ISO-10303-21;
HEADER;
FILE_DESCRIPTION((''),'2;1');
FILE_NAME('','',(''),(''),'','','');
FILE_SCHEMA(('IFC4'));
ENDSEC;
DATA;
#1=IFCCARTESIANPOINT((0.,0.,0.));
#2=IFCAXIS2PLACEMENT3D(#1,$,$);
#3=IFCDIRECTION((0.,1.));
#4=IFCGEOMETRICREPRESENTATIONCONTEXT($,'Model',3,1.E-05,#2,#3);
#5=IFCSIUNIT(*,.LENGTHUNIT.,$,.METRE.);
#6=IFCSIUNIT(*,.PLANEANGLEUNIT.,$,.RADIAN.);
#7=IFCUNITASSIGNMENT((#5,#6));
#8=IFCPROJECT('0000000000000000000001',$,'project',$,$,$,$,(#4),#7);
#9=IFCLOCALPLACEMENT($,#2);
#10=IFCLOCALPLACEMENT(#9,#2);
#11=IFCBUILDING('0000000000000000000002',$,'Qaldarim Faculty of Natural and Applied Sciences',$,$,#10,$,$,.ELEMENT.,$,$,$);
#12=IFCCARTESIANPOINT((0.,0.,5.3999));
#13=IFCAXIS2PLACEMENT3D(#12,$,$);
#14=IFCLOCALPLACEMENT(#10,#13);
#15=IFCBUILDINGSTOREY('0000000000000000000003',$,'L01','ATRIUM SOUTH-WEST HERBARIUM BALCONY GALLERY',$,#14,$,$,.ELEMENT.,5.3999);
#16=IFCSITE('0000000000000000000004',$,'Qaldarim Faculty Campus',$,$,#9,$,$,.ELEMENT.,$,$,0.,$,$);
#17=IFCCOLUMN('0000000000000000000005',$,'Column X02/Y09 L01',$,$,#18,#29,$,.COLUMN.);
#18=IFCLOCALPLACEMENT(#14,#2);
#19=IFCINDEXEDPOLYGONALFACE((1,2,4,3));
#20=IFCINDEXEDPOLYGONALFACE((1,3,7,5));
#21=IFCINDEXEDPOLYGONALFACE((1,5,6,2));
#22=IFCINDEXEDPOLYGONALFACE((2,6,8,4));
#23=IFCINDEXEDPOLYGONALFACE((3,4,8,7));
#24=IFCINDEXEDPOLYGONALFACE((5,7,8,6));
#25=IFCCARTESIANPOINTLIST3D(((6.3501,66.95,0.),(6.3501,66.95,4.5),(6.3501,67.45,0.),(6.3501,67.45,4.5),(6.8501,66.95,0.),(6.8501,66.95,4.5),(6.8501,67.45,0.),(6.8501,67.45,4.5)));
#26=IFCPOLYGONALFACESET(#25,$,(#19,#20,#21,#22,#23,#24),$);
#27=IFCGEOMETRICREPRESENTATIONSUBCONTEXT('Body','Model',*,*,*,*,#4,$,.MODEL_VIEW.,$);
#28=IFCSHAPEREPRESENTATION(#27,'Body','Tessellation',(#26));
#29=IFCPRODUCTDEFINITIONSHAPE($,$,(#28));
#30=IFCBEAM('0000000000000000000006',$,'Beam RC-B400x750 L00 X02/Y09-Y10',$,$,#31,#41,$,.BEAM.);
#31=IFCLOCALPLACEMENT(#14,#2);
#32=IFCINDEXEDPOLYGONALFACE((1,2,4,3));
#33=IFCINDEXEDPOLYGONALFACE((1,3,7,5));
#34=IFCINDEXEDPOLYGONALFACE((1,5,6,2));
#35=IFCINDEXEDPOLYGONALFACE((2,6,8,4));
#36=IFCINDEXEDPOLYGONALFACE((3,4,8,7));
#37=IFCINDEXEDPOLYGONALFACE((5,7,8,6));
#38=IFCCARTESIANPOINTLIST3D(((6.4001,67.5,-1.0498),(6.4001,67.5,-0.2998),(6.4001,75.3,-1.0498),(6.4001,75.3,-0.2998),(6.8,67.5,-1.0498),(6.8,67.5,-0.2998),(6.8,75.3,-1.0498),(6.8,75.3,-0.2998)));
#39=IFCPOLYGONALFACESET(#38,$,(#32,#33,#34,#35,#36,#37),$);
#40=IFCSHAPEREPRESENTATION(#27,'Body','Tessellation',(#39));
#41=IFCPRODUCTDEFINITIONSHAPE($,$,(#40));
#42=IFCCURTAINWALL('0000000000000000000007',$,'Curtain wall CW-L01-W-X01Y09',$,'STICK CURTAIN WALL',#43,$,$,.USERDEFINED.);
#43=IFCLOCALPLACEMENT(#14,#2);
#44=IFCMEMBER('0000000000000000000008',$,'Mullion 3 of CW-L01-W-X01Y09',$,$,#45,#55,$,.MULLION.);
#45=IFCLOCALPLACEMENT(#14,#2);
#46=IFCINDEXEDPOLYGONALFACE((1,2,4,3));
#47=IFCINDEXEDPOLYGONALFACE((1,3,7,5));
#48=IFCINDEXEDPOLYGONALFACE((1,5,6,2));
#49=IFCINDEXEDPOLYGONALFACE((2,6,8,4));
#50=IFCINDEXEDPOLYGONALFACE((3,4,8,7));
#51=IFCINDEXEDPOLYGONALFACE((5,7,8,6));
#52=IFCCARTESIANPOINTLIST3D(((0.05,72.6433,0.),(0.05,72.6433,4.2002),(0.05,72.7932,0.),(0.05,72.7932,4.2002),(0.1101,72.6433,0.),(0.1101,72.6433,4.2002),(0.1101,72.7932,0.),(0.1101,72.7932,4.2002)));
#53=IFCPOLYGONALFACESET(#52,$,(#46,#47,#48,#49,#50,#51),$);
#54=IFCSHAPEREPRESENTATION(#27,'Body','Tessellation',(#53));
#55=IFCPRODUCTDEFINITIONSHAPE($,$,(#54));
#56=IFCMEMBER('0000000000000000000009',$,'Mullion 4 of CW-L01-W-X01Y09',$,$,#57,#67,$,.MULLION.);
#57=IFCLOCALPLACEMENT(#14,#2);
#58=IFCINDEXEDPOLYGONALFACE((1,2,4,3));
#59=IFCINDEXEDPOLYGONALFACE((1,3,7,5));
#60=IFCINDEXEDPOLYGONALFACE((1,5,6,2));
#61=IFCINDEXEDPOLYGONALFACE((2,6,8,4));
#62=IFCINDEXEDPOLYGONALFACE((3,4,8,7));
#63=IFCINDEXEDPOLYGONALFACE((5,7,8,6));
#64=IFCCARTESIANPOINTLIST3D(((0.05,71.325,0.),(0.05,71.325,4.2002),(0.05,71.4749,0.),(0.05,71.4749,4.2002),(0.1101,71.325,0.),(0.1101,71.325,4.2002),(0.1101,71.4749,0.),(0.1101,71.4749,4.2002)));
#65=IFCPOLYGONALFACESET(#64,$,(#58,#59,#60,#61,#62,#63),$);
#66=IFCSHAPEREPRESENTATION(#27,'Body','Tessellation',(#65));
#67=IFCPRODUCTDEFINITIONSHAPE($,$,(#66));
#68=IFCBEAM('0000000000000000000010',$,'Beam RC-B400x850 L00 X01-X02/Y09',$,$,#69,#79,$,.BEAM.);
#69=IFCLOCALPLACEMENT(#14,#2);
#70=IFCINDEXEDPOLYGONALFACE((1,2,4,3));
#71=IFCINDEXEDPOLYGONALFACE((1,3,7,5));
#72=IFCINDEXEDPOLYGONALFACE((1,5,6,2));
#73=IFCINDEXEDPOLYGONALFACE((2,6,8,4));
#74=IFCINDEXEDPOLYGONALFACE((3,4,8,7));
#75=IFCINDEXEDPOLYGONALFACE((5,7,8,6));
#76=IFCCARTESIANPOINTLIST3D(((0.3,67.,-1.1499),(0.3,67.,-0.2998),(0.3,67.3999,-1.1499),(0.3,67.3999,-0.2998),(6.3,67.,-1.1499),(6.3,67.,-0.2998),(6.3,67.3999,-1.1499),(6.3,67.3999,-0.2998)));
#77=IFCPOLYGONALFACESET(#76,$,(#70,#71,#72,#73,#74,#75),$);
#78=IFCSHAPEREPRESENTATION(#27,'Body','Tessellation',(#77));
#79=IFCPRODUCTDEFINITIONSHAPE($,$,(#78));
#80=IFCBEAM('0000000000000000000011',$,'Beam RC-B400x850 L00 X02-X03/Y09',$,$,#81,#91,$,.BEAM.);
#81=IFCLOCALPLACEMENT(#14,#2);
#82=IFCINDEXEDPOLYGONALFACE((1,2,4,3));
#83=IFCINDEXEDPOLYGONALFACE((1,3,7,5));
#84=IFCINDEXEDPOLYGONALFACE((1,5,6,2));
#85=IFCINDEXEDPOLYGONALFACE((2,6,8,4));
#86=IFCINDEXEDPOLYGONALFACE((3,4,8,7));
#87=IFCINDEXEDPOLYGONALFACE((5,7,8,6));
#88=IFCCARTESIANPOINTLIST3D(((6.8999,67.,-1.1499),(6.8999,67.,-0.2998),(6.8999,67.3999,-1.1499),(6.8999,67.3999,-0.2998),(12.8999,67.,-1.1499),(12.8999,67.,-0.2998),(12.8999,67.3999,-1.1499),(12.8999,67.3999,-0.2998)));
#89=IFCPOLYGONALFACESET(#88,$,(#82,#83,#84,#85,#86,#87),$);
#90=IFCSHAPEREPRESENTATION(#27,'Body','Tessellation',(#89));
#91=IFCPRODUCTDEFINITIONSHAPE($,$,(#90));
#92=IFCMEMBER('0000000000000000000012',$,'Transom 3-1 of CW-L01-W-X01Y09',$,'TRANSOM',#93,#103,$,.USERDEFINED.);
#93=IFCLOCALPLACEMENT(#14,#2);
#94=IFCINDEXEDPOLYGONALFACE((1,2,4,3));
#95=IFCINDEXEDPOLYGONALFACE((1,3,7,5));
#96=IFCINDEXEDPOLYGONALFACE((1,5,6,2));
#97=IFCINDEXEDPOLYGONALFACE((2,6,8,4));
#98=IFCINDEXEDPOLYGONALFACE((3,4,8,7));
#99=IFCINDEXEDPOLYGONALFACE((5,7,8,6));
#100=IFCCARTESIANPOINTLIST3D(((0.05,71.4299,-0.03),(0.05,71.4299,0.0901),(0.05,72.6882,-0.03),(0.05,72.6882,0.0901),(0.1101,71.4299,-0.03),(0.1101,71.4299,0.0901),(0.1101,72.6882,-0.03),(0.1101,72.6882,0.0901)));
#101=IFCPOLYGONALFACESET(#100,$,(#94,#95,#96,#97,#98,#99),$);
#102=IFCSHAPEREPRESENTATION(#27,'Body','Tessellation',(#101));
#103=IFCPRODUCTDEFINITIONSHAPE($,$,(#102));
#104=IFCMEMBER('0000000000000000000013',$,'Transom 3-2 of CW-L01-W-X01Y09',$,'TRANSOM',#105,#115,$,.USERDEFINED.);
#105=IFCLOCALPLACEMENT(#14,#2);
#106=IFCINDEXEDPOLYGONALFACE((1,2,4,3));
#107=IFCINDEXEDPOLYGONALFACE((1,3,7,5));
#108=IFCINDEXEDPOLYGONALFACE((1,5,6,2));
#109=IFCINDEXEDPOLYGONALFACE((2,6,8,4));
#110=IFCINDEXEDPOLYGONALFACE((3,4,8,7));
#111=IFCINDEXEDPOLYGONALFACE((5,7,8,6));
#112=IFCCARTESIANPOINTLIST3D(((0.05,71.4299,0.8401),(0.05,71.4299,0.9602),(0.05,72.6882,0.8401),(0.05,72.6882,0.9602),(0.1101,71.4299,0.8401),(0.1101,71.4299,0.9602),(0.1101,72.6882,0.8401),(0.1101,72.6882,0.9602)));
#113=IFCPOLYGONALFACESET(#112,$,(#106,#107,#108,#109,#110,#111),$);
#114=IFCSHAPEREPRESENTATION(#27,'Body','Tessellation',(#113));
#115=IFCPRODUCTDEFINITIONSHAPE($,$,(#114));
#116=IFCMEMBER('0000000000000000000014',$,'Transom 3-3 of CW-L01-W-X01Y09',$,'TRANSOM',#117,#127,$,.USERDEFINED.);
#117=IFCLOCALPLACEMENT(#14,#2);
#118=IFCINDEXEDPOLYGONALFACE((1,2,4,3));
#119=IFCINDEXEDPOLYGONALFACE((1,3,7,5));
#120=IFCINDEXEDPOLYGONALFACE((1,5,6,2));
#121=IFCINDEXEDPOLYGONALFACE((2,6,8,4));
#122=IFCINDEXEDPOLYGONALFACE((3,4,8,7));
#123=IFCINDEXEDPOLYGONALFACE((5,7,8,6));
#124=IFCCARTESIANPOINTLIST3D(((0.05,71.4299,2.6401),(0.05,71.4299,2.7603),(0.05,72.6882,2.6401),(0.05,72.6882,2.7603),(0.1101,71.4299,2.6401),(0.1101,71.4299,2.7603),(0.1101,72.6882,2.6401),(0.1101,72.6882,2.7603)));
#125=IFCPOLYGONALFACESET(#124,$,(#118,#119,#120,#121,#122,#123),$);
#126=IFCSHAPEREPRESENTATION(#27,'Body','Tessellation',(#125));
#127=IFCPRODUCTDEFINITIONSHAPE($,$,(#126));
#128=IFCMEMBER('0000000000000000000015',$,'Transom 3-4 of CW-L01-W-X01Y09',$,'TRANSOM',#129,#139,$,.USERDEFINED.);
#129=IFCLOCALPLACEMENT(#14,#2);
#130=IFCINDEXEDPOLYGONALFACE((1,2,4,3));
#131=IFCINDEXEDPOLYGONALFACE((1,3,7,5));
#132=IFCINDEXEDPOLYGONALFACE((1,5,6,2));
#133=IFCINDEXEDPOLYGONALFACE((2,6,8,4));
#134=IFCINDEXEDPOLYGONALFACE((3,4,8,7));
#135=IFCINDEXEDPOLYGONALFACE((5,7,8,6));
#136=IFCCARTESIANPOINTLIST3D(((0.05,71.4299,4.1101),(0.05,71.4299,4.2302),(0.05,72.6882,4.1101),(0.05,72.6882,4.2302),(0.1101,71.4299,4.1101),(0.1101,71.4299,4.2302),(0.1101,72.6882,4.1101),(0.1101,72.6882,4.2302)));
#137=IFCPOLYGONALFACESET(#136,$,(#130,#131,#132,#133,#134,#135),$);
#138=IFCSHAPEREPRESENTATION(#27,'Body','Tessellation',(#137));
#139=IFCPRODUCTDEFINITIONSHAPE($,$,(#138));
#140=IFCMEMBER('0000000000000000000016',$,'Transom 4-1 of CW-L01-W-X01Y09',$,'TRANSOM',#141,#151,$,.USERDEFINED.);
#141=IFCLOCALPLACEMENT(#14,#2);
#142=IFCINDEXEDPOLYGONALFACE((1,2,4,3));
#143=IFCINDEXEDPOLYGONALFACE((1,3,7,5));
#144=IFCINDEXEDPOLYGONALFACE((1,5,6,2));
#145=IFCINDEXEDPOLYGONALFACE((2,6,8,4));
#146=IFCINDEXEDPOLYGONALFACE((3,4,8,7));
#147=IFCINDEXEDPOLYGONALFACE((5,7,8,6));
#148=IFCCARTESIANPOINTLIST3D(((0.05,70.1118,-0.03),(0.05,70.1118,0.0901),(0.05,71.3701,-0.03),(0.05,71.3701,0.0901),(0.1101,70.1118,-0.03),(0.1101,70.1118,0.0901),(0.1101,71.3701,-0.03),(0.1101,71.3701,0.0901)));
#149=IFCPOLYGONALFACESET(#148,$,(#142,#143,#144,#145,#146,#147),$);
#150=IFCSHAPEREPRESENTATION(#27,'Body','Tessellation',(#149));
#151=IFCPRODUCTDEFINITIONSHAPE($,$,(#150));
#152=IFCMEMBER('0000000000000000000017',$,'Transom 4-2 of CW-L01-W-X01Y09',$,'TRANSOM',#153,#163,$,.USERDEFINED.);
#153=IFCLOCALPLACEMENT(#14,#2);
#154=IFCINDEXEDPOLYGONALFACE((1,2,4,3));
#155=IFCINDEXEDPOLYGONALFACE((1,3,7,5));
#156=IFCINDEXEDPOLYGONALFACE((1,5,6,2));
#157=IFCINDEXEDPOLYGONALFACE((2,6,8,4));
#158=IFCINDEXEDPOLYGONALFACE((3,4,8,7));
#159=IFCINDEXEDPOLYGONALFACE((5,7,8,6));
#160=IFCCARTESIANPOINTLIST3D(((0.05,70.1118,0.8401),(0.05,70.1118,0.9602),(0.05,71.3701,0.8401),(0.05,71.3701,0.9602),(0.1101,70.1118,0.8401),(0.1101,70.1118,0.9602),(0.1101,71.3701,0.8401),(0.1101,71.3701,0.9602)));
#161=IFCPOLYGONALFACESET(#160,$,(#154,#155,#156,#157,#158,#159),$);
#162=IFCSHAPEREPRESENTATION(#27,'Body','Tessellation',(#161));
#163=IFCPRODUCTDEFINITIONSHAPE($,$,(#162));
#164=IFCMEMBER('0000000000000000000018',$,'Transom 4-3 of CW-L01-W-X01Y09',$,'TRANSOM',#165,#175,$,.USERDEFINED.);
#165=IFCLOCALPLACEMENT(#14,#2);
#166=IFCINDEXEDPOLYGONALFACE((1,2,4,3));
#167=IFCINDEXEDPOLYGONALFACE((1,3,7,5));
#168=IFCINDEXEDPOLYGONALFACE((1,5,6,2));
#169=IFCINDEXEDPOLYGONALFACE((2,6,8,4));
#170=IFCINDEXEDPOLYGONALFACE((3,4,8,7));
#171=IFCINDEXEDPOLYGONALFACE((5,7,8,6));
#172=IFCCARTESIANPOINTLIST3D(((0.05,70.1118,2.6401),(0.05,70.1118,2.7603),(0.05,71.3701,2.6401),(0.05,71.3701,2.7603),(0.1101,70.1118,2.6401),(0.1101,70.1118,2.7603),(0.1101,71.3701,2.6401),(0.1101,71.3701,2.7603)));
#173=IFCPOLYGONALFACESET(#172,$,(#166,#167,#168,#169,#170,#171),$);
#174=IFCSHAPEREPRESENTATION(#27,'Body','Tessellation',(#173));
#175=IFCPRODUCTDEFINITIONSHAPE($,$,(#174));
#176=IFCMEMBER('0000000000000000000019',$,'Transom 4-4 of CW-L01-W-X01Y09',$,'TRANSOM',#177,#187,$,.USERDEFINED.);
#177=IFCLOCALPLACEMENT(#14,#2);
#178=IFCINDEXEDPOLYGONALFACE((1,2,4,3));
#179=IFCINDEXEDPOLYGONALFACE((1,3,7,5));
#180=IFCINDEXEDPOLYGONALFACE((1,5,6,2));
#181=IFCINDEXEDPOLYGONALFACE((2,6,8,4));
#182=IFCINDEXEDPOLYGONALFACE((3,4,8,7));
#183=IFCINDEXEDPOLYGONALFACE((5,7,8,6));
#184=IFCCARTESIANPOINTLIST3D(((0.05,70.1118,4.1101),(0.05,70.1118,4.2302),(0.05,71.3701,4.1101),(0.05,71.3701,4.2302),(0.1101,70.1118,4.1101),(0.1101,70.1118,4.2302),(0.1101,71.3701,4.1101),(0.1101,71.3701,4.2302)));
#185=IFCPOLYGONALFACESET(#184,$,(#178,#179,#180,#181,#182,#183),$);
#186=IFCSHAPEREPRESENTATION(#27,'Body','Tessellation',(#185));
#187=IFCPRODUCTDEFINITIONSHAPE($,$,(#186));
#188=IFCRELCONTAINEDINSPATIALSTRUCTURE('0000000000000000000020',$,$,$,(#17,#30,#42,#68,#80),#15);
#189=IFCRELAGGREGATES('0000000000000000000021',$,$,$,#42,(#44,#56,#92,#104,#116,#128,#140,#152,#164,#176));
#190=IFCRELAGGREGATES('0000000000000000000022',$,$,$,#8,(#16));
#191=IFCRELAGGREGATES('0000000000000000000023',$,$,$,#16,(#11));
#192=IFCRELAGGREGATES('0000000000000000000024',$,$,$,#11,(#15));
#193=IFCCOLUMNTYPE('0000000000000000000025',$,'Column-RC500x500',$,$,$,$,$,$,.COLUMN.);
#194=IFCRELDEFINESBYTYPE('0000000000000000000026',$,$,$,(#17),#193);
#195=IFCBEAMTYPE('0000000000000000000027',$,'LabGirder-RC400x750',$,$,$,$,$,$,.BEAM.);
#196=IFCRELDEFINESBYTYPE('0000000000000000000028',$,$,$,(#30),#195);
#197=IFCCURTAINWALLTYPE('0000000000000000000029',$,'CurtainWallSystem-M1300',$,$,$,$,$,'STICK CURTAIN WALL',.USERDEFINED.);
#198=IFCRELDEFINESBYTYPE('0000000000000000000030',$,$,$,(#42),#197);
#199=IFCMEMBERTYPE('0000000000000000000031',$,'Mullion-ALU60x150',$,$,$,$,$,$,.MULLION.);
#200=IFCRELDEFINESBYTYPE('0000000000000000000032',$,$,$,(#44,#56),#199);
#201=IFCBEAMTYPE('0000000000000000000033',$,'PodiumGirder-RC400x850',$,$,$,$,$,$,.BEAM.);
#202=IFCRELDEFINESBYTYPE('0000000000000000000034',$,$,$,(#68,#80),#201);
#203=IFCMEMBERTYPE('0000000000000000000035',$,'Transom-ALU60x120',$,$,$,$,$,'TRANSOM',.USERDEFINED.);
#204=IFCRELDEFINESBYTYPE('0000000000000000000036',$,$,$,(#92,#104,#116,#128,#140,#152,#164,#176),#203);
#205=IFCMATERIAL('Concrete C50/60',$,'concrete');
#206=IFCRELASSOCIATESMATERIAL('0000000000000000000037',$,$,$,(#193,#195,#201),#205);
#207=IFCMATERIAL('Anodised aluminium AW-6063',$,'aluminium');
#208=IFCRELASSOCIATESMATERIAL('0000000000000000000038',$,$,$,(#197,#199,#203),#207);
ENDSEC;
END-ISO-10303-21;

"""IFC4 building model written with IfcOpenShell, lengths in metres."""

from ifc_helpers import new_model, si_unit, direction, frame, origin, origin_2d, place, context, subcontext, project, spatial, rectangle, extrude, material, material_profile, profile_set, type_object, element, aggregate, save


model = new_model("IFC4")

# Units and contexts
model_context = context("Model", 3, precision=1e-05, world=origin(), true_north=direction((0.0, 1.0)))
body_context = subcontext(model_context, "Body", "Model", "MODEL_VIEW")
ifc_project = project(units=[si_unit("LENGTHUNIT", "METRE"), si_unit("PLANEANGLEUNIT", "RADIAN")], contexts=[model_context])

# Site, building, storey
site_placement = place(None, origin())
site = spatial("IfcSite", under=ifc_project, at=site_placement, Name="Qaldarim Faculty Campus", CompositionType="ELEMENT", RefElevation=0.0)
building_placement = place(site_placement, origin())
building = spatial("IfcBuilding", under=site, at=building_placement, Name="Qaldarim Faculty of Natural and Applied Sciences", CompositionType="ELEMENT")
storey_placement = place(building_placement, frame((0.0, 0.0, 5.3999)))
storey = spatial("IfcBuildingStorey", under=building, at=storey_placement, Name="L01", Description="ATRIUM SOUTH-WEST HERBARIUM BALCONY GALLERY", CompositionType="ELEMENT", Elevation=5.3999)

# Column
ifc_material_1 = material(Name="Concrete C50/60", Category="concrete")
ifc_material_profile_1 = material_profile(ifc_material_1, rectangle(XDim=0.5, YDim=0.5, at=origin_2d()), Name="RC-C500x500")
ifc_profile_set_1 = profile_set([ifc_material_profile_1], Name="Concrete C50/60")
column_type = type_object("IfcColumnType", Name="Column-RC500x500", PredefinedType="COLUMN", material=ifc_profile_set_1)
column_placement = place(storey_placement, frame((6.6001, 67.2, 0.0), z_axis=(0.0, 0.0, 1.0), x_axis=(1.0, 0.0, 0.0)))
element("IfcColumn", 1, at=column_placement, inside=storey, type_object=column_type, Name="Column X02/Y09 L01", PredefinedType="COLUMN", context=body_context, shape_type="SweptSolid", body=[
    extrude(rectangle(XDim=0.5, YDim=0.5, at=origin_2d()), origin(), (0.0, 0.0, 1.0), 4.5),
])

# Beam
ifc_material_profile_2 = material_profile(ifc_material_1, rectangle(XDim=0.3999, YDim=0.75, at=origin_2d()), Name="RC-B400x750")
ifc_profile_set_2 = profile_set([ifc_material_profile_2], Name="Concrete C50/60")
beam_type_1 = type_object("IfcBeamType", Name="LabGirder-RC400x750", PredefinedType="BEAM", material=ifc_profile_set_2)
beam_placement = place(storey_placement, frame((6.6001, 67.5, -0.6748), z_axis=(0.0, 1.0, 0.0), x_axis=(-1.0, 0.0, 0.0)))
element("IfcBeam", 2, at=beam_placement, inside=storey, type_object=beam_type_1, Name="Beam RC-B400x750 L00 X02/Y09-Y10", PredefinedType="BEAM", context=body_context, shape_type="SweptSolid", body=[
    extrude(rectangle(XDim=0.3999, YDim=0.75, at=origin_2d()), origin(), (0.0, 0.0, 1.0), 7.8),
])

# Curtain wall, members
ifc_material_2 = material(Name="Anodised aluminium AW-6063", Category="aluminium")
curtain_wall_type = type_object("IfcCurtainWallType", Name="CurtainWallSystem-M1300", ElementType="STICK CURTAIN WALL", PredefinedType="USERDEFINED", material=ifc_material_2)
curtain_wall_placement = place(storey_placement, origin())
curtain_wall = element("IfcCurtainWall", 3, at=curtain_wall_placement, inside=storey, type_object=curtain_wall_type, Name="Curtain wall CW-L01-W-X01Y09", ObjectType="STICK CURTAIN WALL", PredefinedType="USERDEFINED")
ifc_material_profile_3 = material_profile(ifc_material_2, rectangle(XDim=0.0601, YDim=0.1499, at=origin_2d()), Name="ALU-M60x150")
ifc_profile_set_3 = profile_set([ifc_material_profile_3], Name="Anodised aluminium AW-6063")
member_type_1 = type_object("IfcMemberType", Name="Mullion-ALU60x150", PredefinedType="MULLION", material=ifc_profile_set_3)
member_1_placement = place(storey_placement, frame((0.0801, 72.7183, 0.0), z_axis=(0.0, 0.0, 1.0), x_axis=(1.0, 0.0, 0.0)))
member_1 = element("IfcMember", 4, at=member_1_placement, type_object=member_type_1, Name="Mullion 3 of CW-L01-W-X01Y09", PredefinedType="MULLION", context=body_context, shape_type="SweptSolid", body=[
    extrude(rectangle(XDim=0.0601, YDim=0.1499, at=origin_2d()), origin(), (0.0, 0.0, 1.0), 4.2002),
])
member_2_placement = place(storey_placement, frame((0.0801, 71.3999, 0.0), z_axis=(0.0, 0.0, 1.0), x_axis=(1.0, 0.0, 0.0)))
member_2 = element("IfcMember", 5, at=member_2_placement, type_object=member_type_1, Name="Mullion 4 of CW-L01-W-X01Y09", PredefinedType="MULLION", context=body_context, shape_type="SweptSolid", body=[
    extrude(rectangle(XDim=0.0601, YDim=0.1499, at=origin_2d()), origin(), (0.0, 0.0, 1.0), 4.2002),
])

# Beams
ifc_material_profile_4 = material_profile(ifc_material_1, rectangle(XDim=0.3999, YDim=0.8501, at=origin_2d()), Name="RC-B400x850")
ifc_profile_set_4 = profile_set([ifc_material_profile_4], Name="Concrete C50/60")
beam_type_2 = type_object("IfcBeamType", Name="PodiumGirder-RC400x850", PredefinedType="BEAM", material=ifc_profile_set_4)
for number, where, z_axis, x_axis, name in (
    (6, (0.3, 67.2, -0.7249), (1.0, 0.0, 0.0), (0.0, 1.0, 0.0), "Beam RC-B400x850 L00 X01-X02/Y09"),
    (7, (6.8999, 67.2, -0.7249), (1.0, 0.0, 0.0), (0.0, 1.0, 0.0), "Beam RC-B400x850 L00 X02-X03/Y09"),
):
    element("IfcBeam", number, at=place(storey_placement, frame(where, z_axis=z_axis, x_axis=x_axis)), inside=storey, type_object=beam_type_2, Name=name, PredefinedType="BEAM", context=body_context, shape_type="SweptSolid", body=[
        extrude(rectangle(XDim=0.3999, YDim=0.8501, at=origin_2d()), origin(), (0.0, 0.0, 1.0), 6.0),
    ])

# Members
ifc_material_profile_5 = material_profile(ifc_material_2, rectangle(XDim=0.0601, YDim=0.1201, at=origin_2d()), Name="ALU-T60x120")
ifc_profile_set_5 = profile_set([ifc_material_profile_5], Name="Anodised aluminium AW-6063")
member_type_2 = type_object("IfcMemberType", Name="Transom-ALU60x120", ElementType="TRANSOM", PredefinedType="USERDEFINED", material=ifc_profile_set_5)
member_3_placement = place(storey_placement, frame((0.0801, 72.6882, 0.03), z_axis=(0.0, -1.0, 0.0), x_axis=(1.0, 0.0, 0.0)))
member_3 = element("IfcMember", 8, at=member_3_placement, type_object=member_type_2, Name="Transom 3-1 of CW-L01-W-X01Y09", ObjectType="TRANSOM", PredefinedType="USERDEFINED", context=body_context, shape_type="SweptSolid", body=[
    extrude(rectangle(XDim=0.0601, YDim=0.1201, at=origin_2d()), origin(), (0.0, 0.0, 1.0), 1.2583),
])
member_4_placement = place(storey_placement, frame((0.0801, 72.6882, 0.9001), z_axis=(0.0, -1.0, 0.0), x_axis=(1.0, 0.0, 0.0)))
member_4 = element("IfcMember", 9, at=member_4_placement, type_object=member_type_2, Name="Transom 3-2 of CW-L01-W-X01Y09", ObjectType="TRANSOM", PredefinedType="USERDEFINED", context=body_context, shape_type="SweptSolid", body=[
    extrude(rectangle(XDim=0.0601, YDim=0.1201, at=origin_2d()), origin(), (0.0, 0.0, 1.0), 1.2583),
])
member_5_placement = place(storey_placement, frame((0.0801, 72.6882, 2.7002), z_axis=(0.0, -1.0, 0.0), x_axis=(1.0, 0.0, 0.0)))
member_5 = element("IfcMember", 10, at=member_5_placement, type_object=member_type_2, Name="Transom 3-3 of CW-L01-W-X01Y09", ObjectType="TRANSOM", PredefinedType="USERDEFINED", context=body_context, shape_type="SweptSolid", body=[
    extrude(rectangle(XDim=0.0601, YDim=0.1201, at=origin_2d()), origin(), (0.0, 0.0, 1.0), 1.2583),
])
member_6_placement = place(storey_placement, frame((0.0801, 72.6882, 4.1702), z_axis=(0.0, -1.0, 0.0), x_axis=(1.0, 0.0, 0.0)))
member_6 = element("IfcMember", 11, at=member_6_placement, type_object=member_type_2, Name="Transom 3-4 of CW-L01-W-X01Y09", ObjectType="TRANSOM", PredefinedType="USERDEFINED", context=body_context, shape_type="SweptSolid", body=[
    extrude(rectangle(XDim=0.0601, YDim=0.1201, at=origin_2d()), origin(), (0.0, 0.0, 1.0), 1.2583),
])
member_7_placement = place(storey_placement, frame((0.0801, 71.3701, 0.03), z_axis=(0.0, -1.0, 0.0), x_axis=(1.0, 0.0, 0.0)))
member_7 = element("IfcMember", 12, at=member_7_placement, type_object=member_type_2, Name="Transom 4-1 of CW-L01-W-X01Y09", ObjectType="TRANSOM", PredefinedType="USERDEFINED", context=body_context, shape_type="SweptSolid", body=[
    extrude(rectangle(XDim=0.0601, YDim=0.1201, at=origin_2d()), origin(), (0.0, 0.0, 1.0), 1.2583),
])
member_8_placement = place(storey_placement, frame((0.0801, 71.3701, 0.9001), z_axis=(0.0, -1.0, 0.0), x_axis=(1.0, 0.0, 0.0)))
member_8 = element("IfcMember", 13, at=member_8_placement, type_object=member_type_2, Name="Transom 4-2 of CW-L01-W-X01Y09", ObjectType="TRANSOM", PredefinedType="USERDEFINED", context=body_context, shape_type="SweptSolid", body=[
    extrude(rectangle(XDim=0.0601, YDim=0.1201, at=origin_2d()), origin(), (0.0, 0.0, 1.0), 1.2583),
])
member_9_placement = place(storey_placement, frame((0.0801, 71.3701, 2.7002), z_axis=(0.0, -1.0, 0.0), x_axis=(1.0, 0.0, 0.0)))
member_9 = element("IfcMember", 14, at=member_9_placement, type_object=member_type_2, Name="Transom 4-3 of CW-L01-W-X01Y09", ObjectType="TRANSOM", PredefinedType="USERDEFINED", context=body_context, shape_type="SweptSolid", body=[
    extrude(rectangle(XDim=0.0601, YDim=0.1201, at=origin_2d()), origin(), (0.0, 0.0, 1.0), 1.2583),
])
member_10_placement = place(storey_placement, frame((0.0801, 71.3701, 4.1702), z_axis=(0.0, -1.0, 0.0), x_axis=(1.0, 0.0, 0.0)))
member_10 = element("IfcMember", 15, at=member_10_placement, type_object=member_type_2, Name="Transom 4-4 of CW-L01-W-X01Y09", ObjectType="TRANSOM", PredefinedType="USERDEFINED", context=body_context, shape_type="SweptSolid", body=[
    extrude(rectangle(XDim=0.0601, YDim=0.1201, at=origin_2d()), origin(), (0.0, 0.0, 1.0), 1.2583),
])

aggregate(curtain_wall, [member_1, member_2, member_3, member_4, member_5, member_6, member_7, member_8, member_9, member_10])

save(model, "model.ifc")
